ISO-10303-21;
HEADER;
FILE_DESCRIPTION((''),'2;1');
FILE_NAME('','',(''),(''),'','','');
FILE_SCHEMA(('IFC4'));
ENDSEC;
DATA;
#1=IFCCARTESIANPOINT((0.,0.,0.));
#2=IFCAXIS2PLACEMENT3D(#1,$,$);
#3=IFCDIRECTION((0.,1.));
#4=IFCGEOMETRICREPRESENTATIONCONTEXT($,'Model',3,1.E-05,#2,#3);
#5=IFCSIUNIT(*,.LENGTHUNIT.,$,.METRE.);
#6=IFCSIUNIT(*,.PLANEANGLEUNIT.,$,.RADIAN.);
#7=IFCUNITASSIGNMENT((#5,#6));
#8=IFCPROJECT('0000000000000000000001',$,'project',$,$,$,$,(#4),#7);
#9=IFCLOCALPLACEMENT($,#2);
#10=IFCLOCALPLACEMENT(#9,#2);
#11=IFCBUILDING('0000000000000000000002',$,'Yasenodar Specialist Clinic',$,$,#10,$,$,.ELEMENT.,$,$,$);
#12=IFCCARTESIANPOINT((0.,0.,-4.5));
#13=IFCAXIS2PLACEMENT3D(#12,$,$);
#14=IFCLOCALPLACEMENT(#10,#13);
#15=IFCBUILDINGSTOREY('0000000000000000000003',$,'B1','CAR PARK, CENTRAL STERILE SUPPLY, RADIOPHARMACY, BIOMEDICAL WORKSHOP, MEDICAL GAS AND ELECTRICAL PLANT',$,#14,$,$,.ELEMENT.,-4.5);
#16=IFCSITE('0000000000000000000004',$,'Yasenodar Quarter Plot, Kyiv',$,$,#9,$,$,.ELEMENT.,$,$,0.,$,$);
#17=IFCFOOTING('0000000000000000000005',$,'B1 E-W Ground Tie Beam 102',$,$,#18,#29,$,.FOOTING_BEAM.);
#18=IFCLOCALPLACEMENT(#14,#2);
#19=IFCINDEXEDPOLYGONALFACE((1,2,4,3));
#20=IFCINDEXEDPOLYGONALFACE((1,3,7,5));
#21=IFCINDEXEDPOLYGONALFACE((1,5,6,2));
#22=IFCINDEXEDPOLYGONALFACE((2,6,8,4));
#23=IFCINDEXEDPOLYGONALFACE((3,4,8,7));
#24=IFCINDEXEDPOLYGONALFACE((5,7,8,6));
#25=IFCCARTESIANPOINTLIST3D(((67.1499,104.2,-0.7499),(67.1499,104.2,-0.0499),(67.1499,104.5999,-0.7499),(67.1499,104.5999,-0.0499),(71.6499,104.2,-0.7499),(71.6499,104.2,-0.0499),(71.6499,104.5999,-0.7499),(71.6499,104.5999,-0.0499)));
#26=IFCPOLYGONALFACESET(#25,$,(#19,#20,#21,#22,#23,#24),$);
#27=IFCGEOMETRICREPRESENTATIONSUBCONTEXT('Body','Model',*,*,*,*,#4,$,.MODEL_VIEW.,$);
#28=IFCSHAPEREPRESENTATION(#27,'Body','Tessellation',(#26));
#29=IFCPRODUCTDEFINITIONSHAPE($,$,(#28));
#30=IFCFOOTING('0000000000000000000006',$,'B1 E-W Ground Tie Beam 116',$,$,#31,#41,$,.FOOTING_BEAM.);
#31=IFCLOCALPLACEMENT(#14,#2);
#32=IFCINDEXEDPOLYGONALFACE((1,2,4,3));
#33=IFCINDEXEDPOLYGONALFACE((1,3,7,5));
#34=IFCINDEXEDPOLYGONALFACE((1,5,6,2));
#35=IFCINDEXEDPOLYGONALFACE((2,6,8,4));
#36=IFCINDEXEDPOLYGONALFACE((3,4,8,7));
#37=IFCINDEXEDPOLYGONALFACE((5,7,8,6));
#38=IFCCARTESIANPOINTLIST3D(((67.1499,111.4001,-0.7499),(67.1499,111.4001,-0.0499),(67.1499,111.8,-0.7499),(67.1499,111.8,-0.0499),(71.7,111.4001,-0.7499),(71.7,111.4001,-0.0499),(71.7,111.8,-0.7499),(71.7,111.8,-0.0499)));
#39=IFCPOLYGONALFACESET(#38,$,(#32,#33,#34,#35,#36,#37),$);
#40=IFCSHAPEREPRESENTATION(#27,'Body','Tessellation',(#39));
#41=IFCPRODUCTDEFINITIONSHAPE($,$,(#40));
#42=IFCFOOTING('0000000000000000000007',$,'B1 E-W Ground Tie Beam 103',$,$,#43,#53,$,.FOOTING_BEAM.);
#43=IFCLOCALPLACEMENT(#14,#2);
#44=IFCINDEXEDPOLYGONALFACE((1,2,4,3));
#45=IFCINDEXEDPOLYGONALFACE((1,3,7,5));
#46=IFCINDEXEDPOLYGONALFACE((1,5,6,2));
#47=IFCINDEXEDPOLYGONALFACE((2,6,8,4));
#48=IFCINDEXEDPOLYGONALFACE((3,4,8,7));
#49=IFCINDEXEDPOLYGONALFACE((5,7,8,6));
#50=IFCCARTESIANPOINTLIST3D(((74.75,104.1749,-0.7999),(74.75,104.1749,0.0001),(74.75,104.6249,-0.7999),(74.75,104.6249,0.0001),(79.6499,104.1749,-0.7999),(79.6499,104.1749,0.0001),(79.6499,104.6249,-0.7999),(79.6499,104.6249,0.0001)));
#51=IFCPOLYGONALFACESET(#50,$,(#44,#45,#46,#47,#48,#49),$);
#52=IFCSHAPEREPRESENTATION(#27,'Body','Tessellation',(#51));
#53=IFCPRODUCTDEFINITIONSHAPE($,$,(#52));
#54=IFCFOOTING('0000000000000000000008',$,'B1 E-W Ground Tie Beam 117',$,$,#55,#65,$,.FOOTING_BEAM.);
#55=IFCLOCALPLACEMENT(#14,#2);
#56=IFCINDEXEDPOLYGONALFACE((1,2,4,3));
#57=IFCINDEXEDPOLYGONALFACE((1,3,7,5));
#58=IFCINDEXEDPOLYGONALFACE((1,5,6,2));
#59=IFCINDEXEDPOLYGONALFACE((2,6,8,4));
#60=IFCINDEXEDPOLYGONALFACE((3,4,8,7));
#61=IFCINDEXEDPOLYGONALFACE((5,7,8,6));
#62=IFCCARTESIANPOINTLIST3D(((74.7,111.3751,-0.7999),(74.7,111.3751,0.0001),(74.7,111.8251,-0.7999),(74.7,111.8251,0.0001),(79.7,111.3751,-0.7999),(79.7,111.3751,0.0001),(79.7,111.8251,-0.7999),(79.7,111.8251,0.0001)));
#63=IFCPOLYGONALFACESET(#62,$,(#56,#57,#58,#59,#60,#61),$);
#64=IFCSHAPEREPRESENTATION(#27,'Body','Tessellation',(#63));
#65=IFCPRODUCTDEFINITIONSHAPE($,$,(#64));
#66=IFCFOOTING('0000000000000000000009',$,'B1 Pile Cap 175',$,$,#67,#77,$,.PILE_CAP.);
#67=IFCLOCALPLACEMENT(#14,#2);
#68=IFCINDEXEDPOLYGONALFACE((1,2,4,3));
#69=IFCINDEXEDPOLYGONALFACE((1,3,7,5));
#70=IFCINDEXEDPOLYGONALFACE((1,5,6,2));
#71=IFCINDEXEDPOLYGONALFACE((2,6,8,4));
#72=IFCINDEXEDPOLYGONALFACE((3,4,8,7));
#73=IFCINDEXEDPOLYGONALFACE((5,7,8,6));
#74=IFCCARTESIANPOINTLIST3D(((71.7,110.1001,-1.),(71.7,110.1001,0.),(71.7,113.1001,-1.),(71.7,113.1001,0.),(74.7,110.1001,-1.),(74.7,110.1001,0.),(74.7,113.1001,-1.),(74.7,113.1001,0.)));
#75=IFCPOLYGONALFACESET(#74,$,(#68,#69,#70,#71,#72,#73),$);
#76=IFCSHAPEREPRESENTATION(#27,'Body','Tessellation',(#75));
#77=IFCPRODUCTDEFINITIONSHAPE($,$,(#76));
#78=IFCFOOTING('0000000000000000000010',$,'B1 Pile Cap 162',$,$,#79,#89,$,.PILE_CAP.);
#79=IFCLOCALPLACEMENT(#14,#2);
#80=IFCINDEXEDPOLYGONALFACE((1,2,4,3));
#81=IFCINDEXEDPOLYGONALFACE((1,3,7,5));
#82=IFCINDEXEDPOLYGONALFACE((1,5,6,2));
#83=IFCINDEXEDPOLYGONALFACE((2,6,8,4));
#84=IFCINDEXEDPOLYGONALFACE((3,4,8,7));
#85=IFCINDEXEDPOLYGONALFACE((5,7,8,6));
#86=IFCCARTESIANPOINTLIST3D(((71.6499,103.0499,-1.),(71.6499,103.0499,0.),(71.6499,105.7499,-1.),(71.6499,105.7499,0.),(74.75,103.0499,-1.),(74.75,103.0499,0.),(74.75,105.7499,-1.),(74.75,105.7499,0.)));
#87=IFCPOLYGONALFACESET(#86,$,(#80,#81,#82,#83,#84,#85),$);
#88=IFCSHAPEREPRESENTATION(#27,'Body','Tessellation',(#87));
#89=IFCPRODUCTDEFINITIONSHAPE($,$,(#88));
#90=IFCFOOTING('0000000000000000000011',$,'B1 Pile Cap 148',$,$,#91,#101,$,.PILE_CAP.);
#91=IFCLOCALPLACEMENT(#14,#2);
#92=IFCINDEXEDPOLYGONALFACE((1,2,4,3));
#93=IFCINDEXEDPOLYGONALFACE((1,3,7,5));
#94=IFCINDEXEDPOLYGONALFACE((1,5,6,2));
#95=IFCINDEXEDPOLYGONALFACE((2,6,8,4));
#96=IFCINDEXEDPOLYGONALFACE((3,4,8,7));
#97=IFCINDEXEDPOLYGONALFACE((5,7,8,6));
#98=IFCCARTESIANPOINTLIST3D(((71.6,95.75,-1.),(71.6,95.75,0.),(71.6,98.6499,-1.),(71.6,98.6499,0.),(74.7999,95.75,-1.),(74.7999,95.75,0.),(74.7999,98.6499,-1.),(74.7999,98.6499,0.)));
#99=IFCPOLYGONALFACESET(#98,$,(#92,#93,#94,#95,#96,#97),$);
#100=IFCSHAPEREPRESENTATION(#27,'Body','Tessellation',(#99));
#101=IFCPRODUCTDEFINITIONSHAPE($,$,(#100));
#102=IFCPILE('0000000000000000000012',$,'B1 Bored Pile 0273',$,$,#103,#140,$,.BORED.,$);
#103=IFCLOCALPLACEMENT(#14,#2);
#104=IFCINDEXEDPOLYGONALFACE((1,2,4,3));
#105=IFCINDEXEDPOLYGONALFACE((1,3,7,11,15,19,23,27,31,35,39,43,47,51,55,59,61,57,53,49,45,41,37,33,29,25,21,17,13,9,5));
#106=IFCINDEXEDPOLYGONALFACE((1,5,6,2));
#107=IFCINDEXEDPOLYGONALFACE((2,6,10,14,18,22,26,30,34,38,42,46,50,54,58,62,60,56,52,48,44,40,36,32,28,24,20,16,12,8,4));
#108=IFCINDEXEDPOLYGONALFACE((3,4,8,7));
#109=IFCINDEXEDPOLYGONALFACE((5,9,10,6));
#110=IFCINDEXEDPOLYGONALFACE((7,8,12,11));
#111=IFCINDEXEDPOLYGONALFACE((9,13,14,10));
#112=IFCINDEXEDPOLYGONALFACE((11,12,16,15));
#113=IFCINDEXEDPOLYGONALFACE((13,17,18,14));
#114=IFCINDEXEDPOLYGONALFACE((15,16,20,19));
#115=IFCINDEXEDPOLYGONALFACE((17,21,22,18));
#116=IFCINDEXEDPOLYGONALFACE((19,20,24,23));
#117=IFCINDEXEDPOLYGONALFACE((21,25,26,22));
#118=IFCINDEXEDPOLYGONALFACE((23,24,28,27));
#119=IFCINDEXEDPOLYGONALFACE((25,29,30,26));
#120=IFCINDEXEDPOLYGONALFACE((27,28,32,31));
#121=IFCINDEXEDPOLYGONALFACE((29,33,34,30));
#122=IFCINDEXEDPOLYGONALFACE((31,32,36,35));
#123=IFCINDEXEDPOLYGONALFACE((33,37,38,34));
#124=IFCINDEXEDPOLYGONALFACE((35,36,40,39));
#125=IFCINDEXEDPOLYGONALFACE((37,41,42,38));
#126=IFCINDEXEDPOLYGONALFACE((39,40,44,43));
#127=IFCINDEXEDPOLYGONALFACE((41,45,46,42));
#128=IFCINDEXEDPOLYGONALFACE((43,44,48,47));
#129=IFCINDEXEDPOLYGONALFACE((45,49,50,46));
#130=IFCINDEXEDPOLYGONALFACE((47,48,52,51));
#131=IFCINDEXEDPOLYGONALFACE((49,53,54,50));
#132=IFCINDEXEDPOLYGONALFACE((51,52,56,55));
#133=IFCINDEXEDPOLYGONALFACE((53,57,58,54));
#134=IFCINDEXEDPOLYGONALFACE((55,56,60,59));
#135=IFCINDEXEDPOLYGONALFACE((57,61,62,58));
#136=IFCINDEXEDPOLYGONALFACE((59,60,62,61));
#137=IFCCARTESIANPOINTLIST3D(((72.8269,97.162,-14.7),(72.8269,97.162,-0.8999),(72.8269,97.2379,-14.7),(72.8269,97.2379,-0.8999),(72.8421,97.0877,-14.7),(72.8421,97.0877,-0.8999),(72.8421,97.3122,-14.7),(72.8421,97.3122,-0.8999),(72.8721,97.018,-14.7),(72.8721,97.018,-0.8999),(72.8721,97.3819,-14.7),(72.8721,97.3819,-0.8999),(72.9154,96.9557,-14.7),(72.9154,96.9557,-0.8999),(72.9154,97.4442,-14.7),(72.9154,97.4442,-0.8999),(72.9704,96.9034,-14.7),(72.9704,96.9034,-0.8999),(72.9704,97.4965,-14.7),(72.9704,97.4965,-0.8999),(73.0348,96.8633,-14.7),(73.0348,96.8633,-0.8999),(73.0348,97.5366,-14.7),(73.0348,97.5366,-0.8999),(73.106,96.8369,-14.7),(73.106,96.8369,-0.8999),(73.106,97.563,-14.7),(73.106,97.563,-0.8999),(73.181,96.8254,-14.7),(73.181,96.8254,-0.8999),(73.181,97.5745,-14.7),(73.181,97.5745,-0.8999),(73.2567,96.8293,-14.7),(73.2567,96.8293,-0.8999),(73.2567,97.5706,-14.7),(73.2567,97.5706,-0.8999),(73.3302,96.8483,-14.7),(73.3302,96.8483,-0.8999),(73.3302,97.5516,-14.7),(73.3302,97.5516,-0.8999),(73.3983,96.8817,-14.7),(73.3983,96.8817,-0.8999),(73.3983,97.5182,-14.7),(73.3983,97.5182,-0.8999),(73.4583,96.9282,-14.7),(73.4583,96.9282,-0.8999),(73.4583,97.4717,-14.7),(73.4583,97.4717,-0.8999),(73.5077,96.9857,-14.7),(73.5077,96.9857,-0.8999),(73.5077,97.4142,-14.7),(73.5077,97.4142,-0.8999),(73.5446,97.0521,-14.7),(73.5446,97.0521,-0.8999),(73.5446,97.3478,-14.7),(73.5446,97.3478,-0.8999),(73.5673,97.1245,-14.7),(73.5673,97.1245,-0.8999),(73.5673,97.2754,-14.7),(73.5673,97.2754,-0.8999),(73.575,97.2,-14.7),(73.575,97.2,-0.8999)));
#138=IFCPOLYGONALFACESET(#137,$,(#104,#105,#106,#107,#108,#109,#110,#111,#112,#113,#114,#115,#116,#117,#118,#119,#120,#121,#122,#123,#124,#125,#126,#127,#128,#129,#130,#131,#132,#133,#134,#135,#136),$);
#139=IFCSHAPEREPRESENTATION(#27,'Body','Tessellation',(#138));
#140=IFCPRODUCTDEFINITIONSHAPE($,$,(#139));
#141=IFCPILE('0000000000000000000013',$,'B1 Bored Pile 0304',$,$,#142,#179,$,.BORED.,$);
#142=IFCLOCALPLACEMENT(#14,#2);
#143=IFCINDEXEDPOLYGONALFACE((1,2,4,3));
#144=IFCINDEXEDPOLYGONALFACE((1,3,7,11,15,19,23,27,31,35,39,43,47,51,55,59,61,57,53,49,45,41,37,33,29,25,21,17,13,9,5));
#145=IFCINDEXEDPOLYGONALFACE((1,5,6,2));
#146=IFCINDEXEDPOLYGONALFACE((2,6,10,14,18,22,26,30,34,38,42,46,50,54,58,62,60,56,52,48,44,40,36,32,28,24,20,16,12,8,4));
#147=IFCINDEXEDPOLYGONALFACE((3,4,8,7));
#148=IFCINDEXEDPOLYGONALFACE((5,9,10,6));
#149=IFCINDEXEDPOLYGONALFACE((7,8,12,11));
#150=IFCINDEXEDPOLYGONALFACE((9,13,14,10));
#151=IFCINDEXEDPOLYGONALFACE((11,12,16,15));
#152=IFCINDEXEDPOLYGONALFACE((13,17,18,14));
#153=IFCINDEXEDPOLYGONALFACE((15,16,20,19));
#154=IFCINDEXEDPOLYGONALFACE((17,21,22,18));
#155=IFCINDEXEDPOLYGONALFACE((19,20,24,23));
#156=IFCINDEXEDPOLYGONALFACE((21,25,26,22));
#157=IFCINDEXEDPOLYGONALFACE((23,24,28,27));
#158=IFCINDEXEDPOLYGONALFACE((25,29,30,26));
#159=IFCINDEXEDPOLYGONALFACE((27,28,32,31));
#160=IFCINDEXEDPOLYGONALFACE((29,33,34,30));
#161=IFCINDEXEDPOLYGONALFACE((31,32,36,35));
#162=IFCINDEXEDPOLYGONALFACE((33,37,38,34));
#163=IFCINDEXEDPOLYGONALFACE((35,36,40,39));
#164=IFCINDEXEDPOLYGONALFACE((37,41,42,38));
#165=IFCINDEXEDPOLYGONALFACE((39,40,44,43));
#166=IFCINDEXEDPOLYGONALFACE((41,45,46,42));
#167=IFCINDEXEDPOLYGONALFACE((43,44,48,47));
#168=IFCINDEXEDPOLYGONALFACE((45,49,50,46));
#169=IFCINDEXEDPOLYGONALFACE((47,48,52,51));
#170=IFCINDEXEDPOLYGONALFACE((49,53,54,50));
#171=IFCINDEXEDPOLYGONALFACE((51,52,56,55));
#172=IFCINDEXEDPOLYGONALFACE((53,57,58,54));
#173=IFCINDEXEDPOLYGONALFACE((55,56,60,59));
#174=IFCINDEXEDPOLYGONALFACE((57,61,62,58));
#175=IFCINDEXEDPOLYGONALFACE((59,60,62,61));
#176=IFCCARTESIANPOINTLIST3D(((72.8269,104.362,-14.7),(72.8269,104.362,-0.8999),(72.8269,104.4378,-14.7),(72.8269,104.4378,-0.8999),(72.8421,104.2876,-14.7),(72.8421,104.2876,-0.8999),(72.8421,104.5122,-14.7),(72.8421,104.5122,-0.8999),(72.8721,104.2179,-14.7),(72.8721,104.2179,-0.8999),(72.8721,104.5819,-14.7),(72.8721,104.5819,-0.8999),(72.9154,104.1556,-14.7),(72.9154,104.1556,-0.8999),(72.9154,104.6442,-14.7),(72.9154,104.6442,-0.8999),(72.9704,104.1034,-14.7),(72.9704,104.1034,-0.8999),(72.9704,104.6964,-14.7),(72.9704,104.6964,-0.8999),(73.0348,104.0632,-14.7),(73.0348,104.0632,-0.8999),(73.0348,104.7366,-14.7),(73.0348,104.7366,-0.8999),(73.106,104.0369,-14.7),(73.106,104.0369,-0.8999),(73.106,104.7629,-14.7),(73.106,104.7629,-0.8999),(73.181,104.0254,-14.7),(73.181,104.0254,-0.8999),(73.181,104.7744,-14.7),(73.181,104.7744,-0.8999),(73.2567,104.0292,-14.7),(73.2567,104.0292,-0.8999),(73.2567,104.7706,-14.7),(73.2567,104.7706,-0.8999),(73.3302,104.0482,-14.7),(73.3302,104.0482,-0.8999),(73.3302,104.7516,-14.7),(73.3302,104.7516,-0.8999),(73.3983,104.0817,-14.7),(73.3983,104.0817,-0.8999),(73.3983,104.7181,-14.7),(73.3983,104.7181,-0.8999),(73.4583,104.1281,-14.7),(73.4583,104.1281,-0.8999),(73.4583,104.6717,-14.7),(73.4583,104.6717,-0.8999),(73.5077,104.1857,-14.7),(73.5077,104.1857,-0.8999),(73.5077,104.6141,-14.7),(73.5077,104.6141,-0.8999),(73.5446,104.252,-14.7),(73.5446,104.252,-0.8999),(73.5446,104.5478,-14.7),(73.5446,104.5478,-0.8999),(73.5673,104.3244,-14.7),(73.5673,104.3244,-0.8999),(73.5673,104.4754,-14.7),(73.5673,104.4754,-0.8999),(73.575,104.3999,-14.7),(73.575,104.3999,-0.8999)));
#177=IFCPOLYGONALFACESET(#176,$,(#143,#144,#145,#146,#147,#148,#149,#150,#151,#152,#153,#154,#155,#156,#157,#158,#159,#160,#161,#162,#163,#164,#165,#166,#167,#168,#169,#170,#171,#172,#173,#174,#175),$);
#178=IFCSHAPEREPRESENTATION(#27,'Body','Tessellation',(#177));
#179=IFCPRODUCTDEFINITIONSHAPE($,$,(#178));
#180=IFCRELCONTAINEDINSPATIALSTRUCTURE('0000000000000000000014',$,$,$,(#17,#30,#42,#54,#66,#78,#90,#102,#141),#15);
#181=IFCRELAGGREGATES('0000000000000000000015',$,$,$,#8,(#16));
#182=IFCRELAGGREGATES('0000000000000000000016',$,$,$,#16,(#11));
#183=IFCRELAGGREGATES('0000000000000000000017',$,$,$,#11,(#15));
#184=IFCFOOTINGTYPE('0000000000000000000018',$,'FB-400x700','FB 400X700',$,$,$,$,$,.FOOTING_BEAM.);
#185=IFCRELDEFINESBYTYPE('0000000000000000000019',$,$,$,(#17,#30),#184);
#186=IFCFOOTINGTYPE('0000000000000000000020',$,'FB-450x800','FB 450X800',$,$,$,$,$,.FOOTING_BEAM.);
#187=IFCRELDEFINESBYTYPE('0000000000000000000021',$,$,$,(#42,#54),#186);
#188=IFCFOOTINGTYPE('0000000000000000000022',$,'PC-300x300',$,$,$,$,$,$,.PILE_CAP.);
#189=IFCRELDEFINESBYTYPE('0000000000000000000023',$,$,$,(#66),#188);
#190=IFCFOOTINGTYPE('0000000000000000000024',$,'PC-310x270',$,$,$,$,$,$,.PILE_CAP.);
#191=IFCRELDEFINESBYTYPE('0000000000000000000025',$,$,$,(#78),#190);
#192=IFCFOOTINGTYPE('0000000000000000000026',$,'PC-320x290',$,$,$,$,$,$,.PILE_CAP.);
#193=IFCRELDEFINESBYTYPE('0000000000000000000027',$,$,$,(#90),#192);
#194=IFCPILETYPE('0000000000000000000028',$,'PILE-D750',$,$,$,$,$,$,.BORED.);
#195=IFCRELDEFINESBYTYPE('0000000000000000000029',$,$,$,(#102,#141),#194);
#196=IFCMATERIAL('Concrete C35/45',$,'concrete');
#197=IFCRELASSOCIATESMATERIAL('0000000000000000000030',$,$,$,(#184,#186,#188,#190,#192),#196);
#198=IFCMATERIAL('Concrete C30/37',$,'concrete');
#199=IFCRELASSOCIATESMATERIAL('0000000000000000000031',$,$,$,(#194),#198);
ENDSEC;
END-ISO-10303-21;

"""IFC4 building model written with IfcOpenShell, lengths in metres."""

from ifc_helpers import new_model, si_unit, direction, frame, origin, origin_2d, place, context, subcontext, project, spatial, rectangle, circle, extrude, material, material_profile, profile_set, type_object, element, save


model = new_model("IFC4")

# Units and contexts
model_context = context("Model", 3, precision=1e-05, world=origin(), true_north=direction((0.0, 1.0)))
body_context = subcontext(model_context, "Body", "Model", "MODEL_VIEW")
ifc_project = project(units=[si_unit("LENGTHUNIT", "METRE"), si_unit("PLANEANGLEUNIT", "RADIAN")], contexts=[model_context])

# Site, building, storey
site_placement = place(None, origin())
site = spatial("IfcSite", under=ifc_project, at=site_placement, Name="Yasenodar Quarter Plot, Kyiv", CompositionType="ELEMENT", RefElevation=0.0)
building_placement = place(site_placement, origin())
building = spatial("IfcBuilding", under=site, at=building_placement, Name="Yasenodar Specialist Clinic", CompositionType="ELEMENT")
storey_placement = place(building_placement, frame((0.0, 0.0, -4.5)))
storey = spatial("IfcBuildingStorey", under=building, at=storey_placement, Name="B1", Description="CAR PARK, CENTRAL STERILE SUPPLY, RADIOPHARMACY, BIOMEDICAL WORKSHOP, MEDICAL GAS AND ELECTRICAL PLANT", CompositionType="ELEMENT", Elevation=-4.5)

# Footings
ifc_material_1 = material(Name="Concrete C35/45", Category="concrete")
ifc_material_profile_1 = material_profile(ifc_material_1, rectangle(XDim=0.3999, YDim=0.7, at=origin_2d()), Name="RC 400x700")
ifc_profile_set_1 = profile_set([ifc_material_profile_1], Name="Concrete C35/45")
footing_type_1 = type_object("IfcFootingType", Name="FB-400x700", Description="FB 400X700", PredefinedType="FOOTING_BEAM", material=ifc_profile_set_1)
footing_1_placement = place(storey_placement, frame((67.1499, 104.3999, -0.3999), z_axis=(1.0, 0.0, 0.0), x_axis=(0.0, 1.0, 0.0)))
element("IfcFooting", 1, at=footing_1_placement, inside=storey, type_object=footing_type_1, Name="B1 E-W Ground Tie Beam 102", PredefinedType="FOOTING_BEAM", context=body_context, shape_type="SweptSolid", body=[
    extrude(rectangle(XDim=0.3999, YDim=0.7, at=origin_2d()), origin(), (0.0, 0.0, 1.0), 4.5),
])
footing_2_placement = place(storey_placement, frame((67.1499, 111.6001, -0.3999), z_axis=(1.0, 0.0, 0.0), x_axis=(0.0, 1.0, 0.0)))
element("IfcFooting", 2, at=footing_2_placement, inside=storey, type_object=footing_type_1, Name="B1 E-W Ground Tie Beam 116", PredefinedType="FOOTING_BEAM", context=body_context, shape_type="SweptSolid", body=[
    extrude(rectangle(XDim=0.3999, YDim=0.7, at=origin_2d()), origin(), (0.0, 0.0, 1.0), 4.55),
])
ifc_material_profile_2 = material_profile(ifc_material_1, rectangle(XDim=0.45, YDim=0.8, at=origin_2d()), Name="RC 450x800")
ifc_profile_set_2 = profile_set([ifc_material_profile_2], Name="Concrete C35/45")
footing_type_2 = type_object("IfcFootingType", Name="FB-450x800", Description="FB 450X800", PredefinedType="FOOTING_BEAM", material=ifc_profile_set_2)
footing_3_placement = place(storey_placement, frame((74.75, 104.3999, -0.3999), z_axis=(1.0, 0.0, 0.0), x_axis=(0.0, 1.0, 0.0)))
element("IfcFooting", 3, at=footing_3_placement, inside=storey, type_object=footing_type_2, Name="B1 E-W Ground Tie Beam 103", PredefinedType="FOOTING_BEAM", context=body_context, shape_type="SweptSolid", body=[
    extrude(rectangle(XDim=0.45, YDim=0.8, at=origin_2d()), origin(), (0.0, 0.0, 1.0), 4.8999),
])
footing_4_placement = place(storey_placement, frame((74.7, 111.6001, -0.3999), z_axis=(1.0, 0.0, 0.0), x_axis=(0.0, 1.0, 0.0)))
element("IfcFooting", 4, at=footing_4_placement, inside=storey, type_object=footing_type_2, Name="B1 E-W Ground Tie Beam 117", PredefinedType="FOOTING_BEAM", context=body_context, shape_type="SweptSolid", body=[
    extrude(rectangle(XDim=0.45, YDim=0.8, at=origin_2d()), origin(), (0.0, 0.0, 1.0), 5.0),
])
footing_type_3 = type_object("IfcFootingType", Name="PC-300x300", PredefinedType="PILE_CAP", material=ifc_material_1)
footing_5_placement = place(storey_placement, frame((73.2, 111.6001, -1.0), z_axis=(0.0, 0.0, 1.0), x_axis=(1.0, 0.0, 0.0)))
element("IfcFooting", 5, at=footing_5_placement, inside=storey, type_object=footing_type_3, Name="B1 Pile Cap 175", PredefinedType="PILE_CAP", context=body_context, shape_type="SweptSolid", body=[
    extrude(rectangle(XDim=3.0, YDim=3.0, at=origin_2d()), origin(), (0.0, 0.0, 1.0), 1.0),
])
footing_type_4 = type_object("IfcFootingType", Name="PC-310x270", PredefinedType="PILE_CAP", material=ifc_material_1)
footing_6_placement = place(storey_placement, frame((73.2, 104.3999, -1.0), z_axis=(0.0, 0.0, 1.0), x_axis=(1.0, 0.0, 0.0)))
element("IfcFooting", 6, at=footing_6_placement, inside=storey, type_object=footing_type_4, Name="B1 Pile Cap 162", PredefinedType="PILE_CAP", context=body_context, shape_type="SweptSolid", body=[
    extrude(rectangle(XDim=3.1001, YDim=2.7, at=origin_2d()), origin(), (0.0, 0.0, 1.0), 1.0),
])
footing_type_5 = type_object("IfcFootingType", Name="PC-320x290", PredefinedType="PILE_CAP", material=ifc_material_1)
footing_7_placement = place(storey_placement, frame((73.2, 97.2, -1.0), z_axis=(0.0, 0.0, 1.0), x_axis=(1.0, 0.0, 0.0)))
element("IfcFooting", 7, at=footing_7_placement, inside=storey, type_object=footing_type_5, Name="B1 Pile Cap 148", PredefinedType="PILE_CAP", context=body_context, shape_type="SweptSolid", body=[
    extrude(rectangle(XDim=3.2, YDim=2.8999, at=origin_2d()), origin(), (0.0, 0.0, 1.0), 1.0),
])

# Piles
ifc_material_2 = material(Name="Concrete C30/37", Category="concrete")
ifc_material_profile_3 = material_profile(ifc_material_2, circle(Radius=0.375, at=origin_2d()), Name="PILE D750")
ifc_profile_set_3 = profile_set([ifc_material_profile_3], Name="Concrete C30/37")
pile_type_1 = type_object("IfcPileType", Name="PILE-D750", PredefinedType="BORED", material=ifc_profile_set_3)
for number, where, z_axis, x_axis, name in (
    (8, (73.2, 97.2, -0.8999), (0.0, 0.0, -1.0), (1.0, 0.0, 0.0), "B1 Bored Pile 0273"),
    (9, (73.2, 104.3999, -0.8999), (0.0, 0.0, -1.0), (1.0, 0.0, 0.0), "B1 Bored Pile 0304"),
):
    element("IfcPile", number, at=place(storey_placement, frame(where, z_axis=z_axis, x_axis=x_axis)), inside=storey, type_object=pile_type_1, Name=name, PredefinedType="BORED", context=body_context, shape_type="SweptSolid", body=[
        extrude(circle(Radius=0.375, at=origin_2d()), origin(), (0.0, 0.0, 1.0), 13.8),
    ])

save(model, "model.ifc")
